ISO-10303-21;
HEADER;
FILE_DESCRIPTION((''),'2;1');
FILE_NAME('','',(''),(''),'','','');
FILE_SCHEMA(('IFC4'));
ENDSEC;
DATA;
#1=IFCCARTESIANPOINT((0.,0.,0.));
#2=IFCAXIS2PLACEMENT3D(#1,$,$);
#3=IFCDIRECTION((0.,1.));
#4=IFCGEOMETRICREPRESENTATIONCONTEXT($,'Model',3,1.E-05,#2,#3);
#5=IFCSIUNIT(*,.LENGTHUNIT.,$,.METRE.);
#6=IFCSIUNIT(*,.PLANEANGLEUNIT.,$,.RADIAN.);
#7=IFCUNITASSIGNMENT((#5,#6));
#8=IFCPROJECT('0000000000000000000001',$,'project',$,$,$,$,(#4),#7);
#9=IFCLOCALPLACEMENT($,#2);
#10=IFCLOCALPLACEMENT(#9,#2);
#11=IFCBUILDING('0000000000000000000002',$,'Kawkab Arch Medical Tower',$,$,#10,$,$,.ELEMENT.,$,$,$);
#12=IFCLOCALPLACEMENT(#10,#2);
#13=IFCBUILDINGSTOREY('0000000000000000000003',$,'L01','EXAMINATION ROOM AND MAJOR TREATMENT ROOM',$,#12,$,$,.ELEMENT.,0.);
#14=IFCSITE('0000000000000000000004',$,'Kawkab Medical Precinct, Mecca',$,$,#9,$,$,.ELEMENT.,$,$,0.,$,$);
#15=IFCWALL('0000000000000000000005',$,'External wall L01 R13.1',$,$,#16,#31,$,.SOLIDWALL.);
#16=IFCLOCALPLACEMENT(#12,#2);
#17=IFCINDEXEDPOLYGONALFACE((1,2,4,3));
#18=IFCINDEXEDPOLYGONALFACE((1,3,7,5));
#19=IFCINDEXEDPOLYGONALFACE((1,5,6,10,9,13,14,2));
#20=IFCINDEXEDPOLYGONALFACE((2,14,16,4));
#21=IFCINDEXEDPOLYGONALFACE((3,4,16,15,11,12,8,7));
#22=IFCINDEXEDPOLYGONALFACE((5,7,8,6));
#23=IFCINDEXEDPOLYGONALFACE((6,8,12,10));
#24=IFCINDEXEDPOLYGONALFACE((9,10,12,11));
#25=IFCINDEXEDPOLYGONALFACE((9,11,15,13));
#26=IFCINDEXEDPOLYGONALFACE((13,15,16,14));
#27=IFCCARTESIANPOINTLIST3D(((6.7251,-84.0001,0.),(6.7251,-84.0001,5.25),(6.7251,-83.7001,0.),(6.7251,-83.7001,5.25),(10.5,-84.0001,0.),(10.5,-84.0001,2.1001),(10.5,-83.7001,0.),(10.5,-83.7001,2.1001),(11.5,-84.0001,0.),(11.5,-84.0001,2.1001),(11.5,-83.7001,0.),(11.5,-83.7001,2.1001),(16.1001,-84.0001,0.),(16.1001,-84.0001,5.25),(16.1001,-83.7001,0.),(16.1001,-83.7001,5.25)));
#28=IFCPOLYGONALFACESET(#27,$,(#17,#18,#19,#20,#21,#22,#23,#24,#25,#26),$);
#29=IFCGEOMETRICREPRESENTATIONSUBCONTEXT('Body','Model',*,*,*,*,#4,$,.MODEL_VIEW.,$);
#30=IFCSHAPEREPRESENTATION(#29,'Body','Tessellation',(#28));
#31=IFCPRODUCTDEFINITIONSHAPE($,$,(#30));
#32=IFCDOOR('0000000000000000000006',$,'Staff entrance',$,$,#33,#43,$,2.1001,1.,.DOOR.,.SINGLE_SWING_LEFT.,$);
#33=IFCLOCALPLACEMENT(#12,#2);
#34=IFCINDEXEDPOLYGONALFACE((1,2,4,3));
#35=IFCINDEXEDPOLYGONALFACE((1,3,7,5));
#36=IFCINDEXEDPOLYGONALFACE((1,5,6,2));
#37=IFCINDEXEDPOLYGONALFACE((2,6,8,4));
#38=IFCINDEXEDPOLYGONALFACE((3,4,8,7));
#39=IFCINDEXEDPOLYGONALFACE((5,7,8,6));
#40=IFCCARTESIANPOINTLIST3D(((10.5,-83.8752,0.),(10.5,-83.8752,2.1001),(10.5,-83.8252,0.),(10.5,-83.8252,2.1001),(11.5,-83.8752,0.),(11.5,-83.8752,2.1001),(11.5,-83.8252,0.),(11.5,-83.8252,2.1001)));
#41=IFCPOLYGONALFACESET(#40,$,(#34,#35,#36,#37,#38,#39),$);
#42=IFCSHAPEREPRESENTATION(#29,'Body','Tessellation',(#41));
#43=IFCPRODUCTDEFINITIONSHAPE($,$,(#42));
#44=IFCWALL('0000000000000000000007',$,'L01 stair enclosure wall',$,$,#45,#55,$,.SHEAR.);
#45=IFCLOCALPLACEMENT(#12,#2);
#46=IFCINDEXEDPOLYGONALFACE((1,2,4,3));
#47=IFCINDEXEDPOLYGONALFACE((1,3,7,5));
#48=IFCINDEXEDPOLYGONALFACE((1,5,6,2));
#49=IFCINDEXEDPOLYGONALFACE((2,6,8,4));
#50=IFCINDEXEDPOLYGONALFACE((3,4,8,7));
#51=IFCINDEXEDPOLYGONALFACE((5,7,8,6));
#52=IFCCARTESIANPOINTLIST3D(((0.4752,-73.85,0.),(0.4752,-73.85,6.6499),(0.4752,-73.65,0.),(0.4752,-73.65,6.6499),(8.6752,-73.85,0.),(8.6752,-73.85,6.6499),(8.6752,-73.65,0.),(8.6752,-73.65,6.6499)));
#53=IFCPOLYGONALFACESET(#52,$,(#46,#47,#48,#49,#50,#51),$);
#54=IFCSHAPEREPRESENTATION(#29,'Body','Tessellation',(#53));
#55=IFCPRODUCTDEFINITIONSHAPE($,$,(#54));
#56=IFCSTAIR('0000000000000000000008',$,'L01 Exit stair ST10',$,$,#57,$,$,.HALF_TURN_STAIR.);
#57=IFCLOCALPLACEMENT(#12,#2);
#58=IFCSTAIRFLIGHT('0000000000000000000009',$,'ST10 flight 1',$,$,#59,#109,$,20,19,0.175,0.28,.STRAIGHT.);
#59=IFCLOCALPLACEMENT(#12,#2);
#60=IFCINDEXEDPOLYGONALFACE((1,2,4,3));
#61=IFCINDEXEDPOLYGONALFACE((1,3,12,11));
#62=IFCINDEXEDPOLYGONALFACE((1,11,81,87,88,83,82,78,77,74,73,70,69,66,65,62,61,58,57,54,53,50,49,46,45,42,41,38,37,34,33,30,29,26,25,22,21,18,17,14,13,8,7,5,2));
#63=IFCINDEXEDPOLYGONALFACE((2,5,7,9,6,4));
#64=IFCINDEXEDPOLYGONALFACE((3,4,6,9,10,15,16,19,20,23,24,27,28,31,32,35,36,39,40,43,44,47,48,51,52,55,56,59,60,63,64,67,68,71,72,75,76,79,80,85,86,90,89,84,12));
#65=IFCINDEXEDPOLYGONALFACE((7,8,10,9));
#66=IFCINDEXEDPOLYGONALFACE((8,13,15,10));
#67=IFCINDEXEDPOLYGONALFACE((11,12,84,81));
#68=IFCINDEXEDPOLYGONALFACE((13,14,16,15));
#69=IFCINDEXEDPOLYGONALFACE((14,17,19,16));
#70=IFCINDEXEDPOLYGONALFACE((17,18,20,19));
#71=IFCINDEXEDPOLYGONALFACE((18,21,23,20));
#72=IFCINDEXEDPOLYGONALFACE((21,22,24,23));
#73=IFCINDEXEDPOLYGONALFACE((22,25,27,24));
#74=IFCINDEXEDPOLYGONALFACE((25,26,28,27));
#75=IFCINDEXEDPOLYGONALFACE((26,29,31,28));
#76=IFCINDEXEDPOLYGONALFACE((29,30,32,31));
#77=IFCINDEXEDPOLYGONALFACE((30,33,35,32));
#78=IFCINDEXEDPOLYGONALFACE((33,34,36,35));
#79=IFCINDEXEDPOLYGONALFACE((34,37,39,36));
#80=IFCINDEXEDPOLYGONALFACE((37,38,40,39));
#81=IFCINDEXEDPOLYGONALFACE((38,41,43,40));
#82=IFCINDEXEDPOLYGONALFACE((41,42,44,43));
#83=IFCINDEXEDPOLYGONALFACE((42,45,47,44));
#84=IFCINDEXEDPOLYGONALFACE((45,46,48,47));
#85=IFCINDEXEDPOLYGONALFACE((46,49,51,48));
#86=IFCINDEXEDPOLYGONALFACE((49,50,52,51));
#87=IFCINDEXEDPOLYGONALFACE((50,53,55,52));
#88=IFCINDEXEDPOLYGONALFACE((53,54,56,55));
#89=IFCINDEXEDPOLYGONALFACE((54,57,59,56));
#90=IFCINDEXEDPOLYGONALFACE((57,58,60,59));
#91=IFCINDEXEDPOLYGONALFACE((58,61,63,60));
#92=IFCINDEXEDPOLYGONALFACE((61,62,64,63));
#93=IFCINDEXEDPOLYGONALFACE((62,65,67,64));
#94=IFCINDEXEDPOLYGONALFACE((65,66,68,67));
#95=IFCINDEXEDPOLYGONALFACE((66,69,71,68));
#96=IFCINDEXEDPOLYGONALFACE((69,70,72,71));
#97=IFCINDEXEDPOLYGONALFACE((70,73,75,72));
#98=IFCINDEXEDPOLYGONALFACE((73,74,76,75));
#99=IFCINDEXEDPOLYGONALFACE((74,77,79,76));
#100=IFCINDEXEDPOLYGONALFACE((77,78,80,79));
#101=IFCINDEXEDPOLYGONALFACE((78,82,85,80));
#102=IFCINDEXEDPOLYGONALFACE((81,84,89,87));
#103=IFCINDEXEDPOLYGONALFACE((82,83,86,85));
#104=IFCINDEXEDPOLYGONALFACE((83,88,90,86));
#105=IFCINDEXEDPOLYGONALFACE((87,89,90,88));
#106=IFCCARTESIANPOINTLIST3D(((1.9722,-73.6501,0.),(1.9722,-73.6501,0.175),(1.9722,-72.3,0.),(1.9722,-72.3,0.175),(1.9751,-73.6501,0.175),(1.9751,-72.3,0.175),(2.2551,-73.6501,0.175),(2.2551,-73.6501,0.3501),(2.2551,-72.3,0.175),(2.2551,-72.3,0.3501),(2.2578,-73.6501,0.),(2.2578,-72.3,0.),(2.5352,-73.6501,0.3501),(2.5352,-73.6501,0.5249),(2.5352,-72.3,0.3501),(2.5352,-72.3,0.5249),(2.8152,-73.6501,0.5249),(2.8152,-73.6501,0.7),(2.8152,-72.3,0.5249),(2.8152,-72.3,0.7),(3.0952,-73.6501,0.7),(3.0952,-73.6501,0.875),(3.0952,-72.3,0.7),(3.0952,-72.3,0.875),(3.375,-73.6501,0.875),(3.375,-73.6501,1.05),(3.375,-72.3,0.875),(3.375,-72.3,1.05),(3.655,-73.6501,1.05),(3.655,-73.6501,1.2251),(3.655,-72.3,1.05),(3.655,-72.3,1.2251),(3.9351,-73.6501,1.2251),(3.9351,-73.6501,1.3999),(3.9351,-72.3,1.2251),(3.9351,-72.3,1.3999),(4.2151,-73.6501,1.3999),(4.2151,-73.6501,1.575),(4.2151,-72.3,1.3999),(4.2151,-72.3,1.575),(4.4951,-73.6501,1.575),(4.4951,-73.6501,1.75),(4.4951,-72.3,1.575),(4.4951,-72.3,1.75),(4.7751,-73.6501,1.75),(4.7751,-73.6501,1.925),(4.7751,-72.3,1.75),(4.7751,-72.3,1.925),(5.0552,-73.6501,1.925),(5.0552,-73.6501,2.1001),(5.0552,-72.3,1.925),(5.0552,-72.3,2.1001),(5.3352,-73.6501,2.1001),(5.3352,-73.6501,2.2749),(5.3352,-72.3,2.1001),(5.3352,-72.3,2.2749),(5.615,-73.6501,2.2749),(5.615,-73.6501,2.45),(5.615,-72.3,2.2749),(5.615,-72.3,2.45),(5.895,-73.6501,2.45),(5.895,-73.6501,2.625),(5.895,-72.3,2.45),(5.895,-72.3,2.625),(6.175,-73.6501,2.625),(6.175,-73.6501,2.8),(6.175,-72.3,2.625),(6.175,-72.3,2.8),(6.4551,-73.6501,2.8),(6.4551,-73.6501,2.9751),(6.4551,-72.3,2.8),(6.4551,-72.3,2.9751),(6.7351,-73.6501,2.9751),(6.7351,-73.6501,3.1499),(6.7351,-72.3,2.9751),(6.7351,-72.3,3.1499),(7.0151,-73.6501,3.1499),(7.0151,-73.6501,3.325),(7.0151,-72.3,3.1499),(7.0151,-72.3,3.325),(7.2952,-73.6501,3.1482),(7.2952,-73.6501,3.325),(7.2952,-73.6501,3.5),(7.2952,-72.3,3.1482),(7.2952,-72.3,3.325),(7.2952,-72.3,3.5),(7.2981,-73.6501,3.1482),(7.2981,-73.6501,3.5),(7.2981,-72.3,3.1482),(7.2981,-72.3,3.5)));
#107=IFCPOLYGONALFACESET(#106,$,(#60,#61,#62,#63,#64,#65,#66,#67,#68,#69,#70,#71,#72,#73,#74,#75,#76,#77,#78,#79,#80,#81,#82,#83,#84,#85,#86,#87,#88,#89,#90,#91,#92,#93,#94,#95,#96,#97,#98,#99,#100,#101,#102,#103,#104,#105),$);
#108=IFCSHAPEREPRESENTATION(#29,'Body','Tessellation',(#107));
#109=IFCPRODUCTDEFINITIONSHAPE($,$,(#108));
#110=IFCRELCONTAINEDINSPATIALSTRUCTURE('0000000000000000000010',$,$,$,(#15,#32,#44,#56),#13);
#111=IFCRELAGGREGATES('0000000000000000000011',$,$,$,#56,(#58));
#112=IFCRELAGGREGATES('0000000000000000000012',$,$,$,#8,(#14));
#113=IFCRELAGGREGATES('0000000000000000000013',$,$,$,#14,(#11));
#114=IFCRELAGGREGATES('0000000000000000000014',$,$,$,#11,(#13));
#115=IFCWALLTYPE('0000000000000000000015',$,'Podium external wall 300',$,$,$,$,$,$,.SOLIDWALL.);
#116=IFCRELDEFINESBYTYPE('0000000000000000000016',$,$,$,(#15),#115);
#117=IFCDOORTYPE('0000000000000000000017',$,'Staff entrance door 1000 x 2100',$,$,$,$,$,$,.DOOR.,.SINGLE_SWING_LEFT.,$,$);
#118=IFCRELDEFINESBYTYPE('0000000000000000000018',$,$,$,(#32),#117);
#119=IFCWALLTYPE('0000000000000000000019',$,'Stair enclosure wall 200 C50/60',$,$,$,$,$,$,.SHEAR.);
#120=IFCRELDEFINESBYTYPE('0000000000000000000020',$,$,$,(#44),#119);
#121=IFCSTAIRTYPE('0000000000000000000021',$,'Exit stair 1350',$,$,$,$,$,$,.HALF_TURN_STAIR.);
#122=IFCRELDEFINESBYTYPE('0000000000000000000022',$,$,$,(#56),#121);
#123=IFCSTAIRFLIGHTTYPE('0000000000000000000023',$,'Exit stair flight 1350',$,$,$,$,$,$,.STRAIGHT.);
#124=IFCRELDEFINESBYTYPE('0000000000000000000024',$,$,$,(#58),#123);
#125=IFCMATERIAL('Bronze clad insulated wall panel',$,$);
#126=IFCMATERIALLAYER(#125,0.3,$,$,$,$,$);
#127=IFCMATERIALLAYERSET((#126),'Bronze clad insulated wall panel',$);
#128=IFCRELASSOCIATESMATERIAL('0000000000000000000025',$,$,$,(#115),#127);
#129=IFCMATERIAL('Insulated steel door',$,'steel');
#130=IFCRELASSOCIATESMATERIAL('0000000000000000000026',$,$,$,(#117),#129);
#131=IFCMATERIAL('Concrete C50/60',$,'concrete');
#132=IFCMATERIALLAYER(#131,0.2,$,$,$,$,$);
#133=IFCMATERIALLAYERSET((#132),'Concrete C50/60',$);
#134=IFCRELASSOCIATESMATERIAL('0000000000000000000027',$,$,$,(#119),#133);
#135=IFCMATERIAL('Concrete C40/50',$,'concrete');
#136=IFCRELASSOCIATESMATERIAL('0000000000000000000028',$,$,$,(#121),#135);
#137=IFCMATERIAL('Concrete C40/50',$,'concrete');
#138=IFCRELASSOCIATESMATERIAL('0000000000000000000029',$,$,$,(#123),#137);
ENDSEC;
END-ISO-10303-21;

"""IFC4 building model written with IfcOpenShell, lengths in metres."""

from ifc_helpers import new_model, si_unit, direction, frame, frame_2d, origin, place, context, subcontext, project, spatial, polyline, rectangle, outline, extrude, material, layer, layer_set, type_object, element, fill, aggregate, save


model = new_model("IFC4")

# Units and contexts
model_context = context("Model", 3, precision=1e-05, world=origin(), true_north=direction((0.0, 1.0)))
body_context = subcontext(model_context, "Body", "Model", "MODEL_VIEW")
ifc_project = project(units=[si_unit("LENGTHUNIT", "METRE"), si_unit("PLANEANGLEUNIT", "RADIAN")], contexts=[model_context])

# Site, building, storey
site_placement = place(None, origin())
site = spatial("IfcSite", under=ifc_project, at=site_placement, Name="Kawkab Medical Precinct, Mecca", CompositionType="ELEMENT", RefElevation=0.0)
building_placement = place(site_placement, origin())
building = spatial("IfcBuilding", under=site, at=building_placement, Name="Kawkab Arch Medical Tower", CompositionType="ELEMENT")
storey_placement = place(building_placement, origin())
storey = spatial("IfcBuildingStorey", under=building, at=storey_placement, Name="L01", Description="EXAMINATION ROOM AND MAJOR TREATMENT ROOM", CompositionType="ELEMENT", Elevation=0.0)

# Shared definitions
ifc_material_1 = material(Name="Bronze clad insulated wall panel")
ifc_layer_1 = layer(ifc_material_1, 0.3)
ifc_layer_set_1 = layer_set([ifc_layer_1], Name="Bronze clad insulated wall panel")
wall_type_1 = type_object("IfcWallType", Name="Podium external wall 300", PredefinedType="SOLIDWALL", material=ifc_layer_set_1)

# Wall, opening, door
wall_1_placement = place(storey_placement, frame((6.7251, -83.8501, 0.0), z_axis=(0.0, 0.0, 1.0), x_axis=(1.0, 0.0, 0.0)))
wall_1 = element("IfcWall", 1, at=wall_1_placement, inside=storey, type_object=wall_type_1, Name="External wall L01 R13.1", PredefinedType="SOLIDWALL", context=body_context, shape_type="SweptSolid", body=[
    extrude(rectangle(XDim=9.375, YDim=0.3, at=frame_2d((4.6875, 0.0))), origin(), (0.0, 0.0, 1.0), 5.25),
])
opening_1_placement = place(wall_1_placement, frame((3.7749, 0.0, 0.0)))
opening_1 = element("IfcOpeningElement", 2, at=opening_1_placement, cuts=wall_1, PredefinedType="OPENING", context=body_context, shape_type="SweptSolid", body=[
    extrude(rectangle(XDim=1.0, YDim=2.1001, at=frame_2d((0.5, 1.05))), frame((0.0, 0.1599, 0.0), z_axis=(0.0, -1.0, 0.0), x_axis=(1.0, 0.0, 0.0)), (0.0, 0.0, 1.0), 0.3201),
])
ifc_material_2 = material(Name="Insulated steel door", Category="steel")
door_type = type_object("IfcDoorType", Name="Staff entrance door 1000 x 2100", OperationType="SINGLE_SWING_LEFT", PredefinedType="DOOR", material=ifc_material_2)
door_placement = place(opening_1_placement, origin())
door = element("IfcDoor", 3, at=door_placement, inside=storey, type_object=door_type, Name="Staff entrance", OperationType="SINGLE_SWING_LEFT", OverallHeight=2.1001, OverallWidth=1.0, PredefinedType="DOOR", context=body_context, shape_type="SweptSolid", body=[
    extrude(rectangle(XDim=1.0, YDim=2.1001, at=frame_2d((0.5, 1.05))), frame((0.0, 0.0249, 0.0), z_axis=(0.0, -1.0, 0.0), x_axis=(1.0, 0.0, 0.0)), (0.0, 0.0, 1.0), 0.05),
])
fill(opening_1, door)

# Wall
ifc_material_3 = material(Name="Concrete C50/60", Category="concrete")
ifc_layer_2 = layer(ifc_material_3, 0.2)
ifc_layer_set_2 = layer_set([ifc_layer_2], Name="Concrete C50/60")
wall_type_2 = type_object("IfcWallType", Name="Stair enclosure wall 200 C50/60", PredefinedType="SHEAR", material=ifc_layer_set_2)
wall_2_placement = place(storey_placement, frame((0.4751, -73.75, 0.0), z_axis=(0.0, 0.0, 1.0), x_axis=(1.0, 0.0, 0.0)))
element("IfcWall", 4, at=wall_2_placement, inside=storey, type_object=wall_type_2, Name="L01 stair enclosure wall", PredefinedType="SHEAR", context=body_context, shape_type="SweptSolid", body=[
    extrude(rectangle(XDim=8.2, YDim=0.2, at=frame_2d((4.1001, 0.0))), origin(), (0.0, 0.0, 1.0), 6.6499),
])

# Stair, stair flight
ifc_material_4 = material(Name="Concrete C40/50", Category="concrete")
stair_type = type_object("IfcStairType", Name="Exit stair 1350", PredefinedType="HALF_TURN_STAIR", material=ifc_material_4)
stair_placement = place(storey_placement, origin())
stair = element("IfcStair", 5, at=stair_placement, inside=storey, type_object=stair_type, Name="L01 Exit stair ST10", PredefinedType="HALF_TURN_STAIR")
ifc_material_5 = material(Name="Concrete C40/50", Category="concrete")
stair_flight_type = type_object("IfcStairFlightType", Name="Exit stair flight 1350", PredefinedType="STRAIGHT", material=ifc_material_5)
stair_flight_placement = place(storey_placement, frame((1.9751, -72.9751, 0.0), z_axis=(0.0, 0.0, 1.0), x_axis=(1.0, 0.0, 0.0)))
stair_flight = element("IfcStairFlight", 6, at=stair_flight_placement, type_object=stair_flight_type, Name="ST10 flight 1", NumberOfRisers=20, NumberOfTreads=19, PredefinedType="STRAIGHT", RiserHeight=0.175, TreadLength=0.28, context=body_context, shape_type="SweptSolid", body=[
    extrude(outline(polyline([(-0.0029, 0.0), (-0.0029, 0.175), (0.0, 0.175), (0.28, 0.175), (0.28, 0.3501), (0.5601, 0.3501), (0.5601, 0.5249), (0.8401, 0.5249), (0.8401, 0.7), (1.1201, 0.7), (1.1201, 0.875), (1.3999, 0.875), (1.3999, 1.05), (1.6799, 1.05), (1.6799, 1.2251), (1.96, 1.2251), (1.96, 1.3999), (2.24, 1.3999), (2.24, 1.575), (2.52, 1.575), (2.52, 1.75), (2.8, 1.75), (2.8, 1.925), (3.0801, 1.925), (3.0801, 2.1001), (3.3601, 2.1001), (3.3601, 2.2749), (3.6399, 2.2749), (3.6399, 2.45), (3.9199, 2.45), (3.9199, 2.625), (4.2, 2.625), (4.2, 2.8), (4.48, 2.8), (4.48, 2.9751), (4.76, 2.9751), (4.76, 3.1499), (5.04, 3.1499), (5.04, 3.325), (5.3201, 3.325), (5.3201, 3.5), (5.323, 3.5), (5.323, 3.1482), (5.3201, 3.1482), (0.2827, 0.0), (-0.0029, 0.0)])), frame((0.0, 0.675, 0.0), z_axis=(0.0, -1.0, 0.0), x_axis=(1.0, 0.0, 0.0)), (0.0, 0.0, 1.0), 1.3501),
])
aggregate(stair, [stair_flight])

save(model, "model.ifc")
